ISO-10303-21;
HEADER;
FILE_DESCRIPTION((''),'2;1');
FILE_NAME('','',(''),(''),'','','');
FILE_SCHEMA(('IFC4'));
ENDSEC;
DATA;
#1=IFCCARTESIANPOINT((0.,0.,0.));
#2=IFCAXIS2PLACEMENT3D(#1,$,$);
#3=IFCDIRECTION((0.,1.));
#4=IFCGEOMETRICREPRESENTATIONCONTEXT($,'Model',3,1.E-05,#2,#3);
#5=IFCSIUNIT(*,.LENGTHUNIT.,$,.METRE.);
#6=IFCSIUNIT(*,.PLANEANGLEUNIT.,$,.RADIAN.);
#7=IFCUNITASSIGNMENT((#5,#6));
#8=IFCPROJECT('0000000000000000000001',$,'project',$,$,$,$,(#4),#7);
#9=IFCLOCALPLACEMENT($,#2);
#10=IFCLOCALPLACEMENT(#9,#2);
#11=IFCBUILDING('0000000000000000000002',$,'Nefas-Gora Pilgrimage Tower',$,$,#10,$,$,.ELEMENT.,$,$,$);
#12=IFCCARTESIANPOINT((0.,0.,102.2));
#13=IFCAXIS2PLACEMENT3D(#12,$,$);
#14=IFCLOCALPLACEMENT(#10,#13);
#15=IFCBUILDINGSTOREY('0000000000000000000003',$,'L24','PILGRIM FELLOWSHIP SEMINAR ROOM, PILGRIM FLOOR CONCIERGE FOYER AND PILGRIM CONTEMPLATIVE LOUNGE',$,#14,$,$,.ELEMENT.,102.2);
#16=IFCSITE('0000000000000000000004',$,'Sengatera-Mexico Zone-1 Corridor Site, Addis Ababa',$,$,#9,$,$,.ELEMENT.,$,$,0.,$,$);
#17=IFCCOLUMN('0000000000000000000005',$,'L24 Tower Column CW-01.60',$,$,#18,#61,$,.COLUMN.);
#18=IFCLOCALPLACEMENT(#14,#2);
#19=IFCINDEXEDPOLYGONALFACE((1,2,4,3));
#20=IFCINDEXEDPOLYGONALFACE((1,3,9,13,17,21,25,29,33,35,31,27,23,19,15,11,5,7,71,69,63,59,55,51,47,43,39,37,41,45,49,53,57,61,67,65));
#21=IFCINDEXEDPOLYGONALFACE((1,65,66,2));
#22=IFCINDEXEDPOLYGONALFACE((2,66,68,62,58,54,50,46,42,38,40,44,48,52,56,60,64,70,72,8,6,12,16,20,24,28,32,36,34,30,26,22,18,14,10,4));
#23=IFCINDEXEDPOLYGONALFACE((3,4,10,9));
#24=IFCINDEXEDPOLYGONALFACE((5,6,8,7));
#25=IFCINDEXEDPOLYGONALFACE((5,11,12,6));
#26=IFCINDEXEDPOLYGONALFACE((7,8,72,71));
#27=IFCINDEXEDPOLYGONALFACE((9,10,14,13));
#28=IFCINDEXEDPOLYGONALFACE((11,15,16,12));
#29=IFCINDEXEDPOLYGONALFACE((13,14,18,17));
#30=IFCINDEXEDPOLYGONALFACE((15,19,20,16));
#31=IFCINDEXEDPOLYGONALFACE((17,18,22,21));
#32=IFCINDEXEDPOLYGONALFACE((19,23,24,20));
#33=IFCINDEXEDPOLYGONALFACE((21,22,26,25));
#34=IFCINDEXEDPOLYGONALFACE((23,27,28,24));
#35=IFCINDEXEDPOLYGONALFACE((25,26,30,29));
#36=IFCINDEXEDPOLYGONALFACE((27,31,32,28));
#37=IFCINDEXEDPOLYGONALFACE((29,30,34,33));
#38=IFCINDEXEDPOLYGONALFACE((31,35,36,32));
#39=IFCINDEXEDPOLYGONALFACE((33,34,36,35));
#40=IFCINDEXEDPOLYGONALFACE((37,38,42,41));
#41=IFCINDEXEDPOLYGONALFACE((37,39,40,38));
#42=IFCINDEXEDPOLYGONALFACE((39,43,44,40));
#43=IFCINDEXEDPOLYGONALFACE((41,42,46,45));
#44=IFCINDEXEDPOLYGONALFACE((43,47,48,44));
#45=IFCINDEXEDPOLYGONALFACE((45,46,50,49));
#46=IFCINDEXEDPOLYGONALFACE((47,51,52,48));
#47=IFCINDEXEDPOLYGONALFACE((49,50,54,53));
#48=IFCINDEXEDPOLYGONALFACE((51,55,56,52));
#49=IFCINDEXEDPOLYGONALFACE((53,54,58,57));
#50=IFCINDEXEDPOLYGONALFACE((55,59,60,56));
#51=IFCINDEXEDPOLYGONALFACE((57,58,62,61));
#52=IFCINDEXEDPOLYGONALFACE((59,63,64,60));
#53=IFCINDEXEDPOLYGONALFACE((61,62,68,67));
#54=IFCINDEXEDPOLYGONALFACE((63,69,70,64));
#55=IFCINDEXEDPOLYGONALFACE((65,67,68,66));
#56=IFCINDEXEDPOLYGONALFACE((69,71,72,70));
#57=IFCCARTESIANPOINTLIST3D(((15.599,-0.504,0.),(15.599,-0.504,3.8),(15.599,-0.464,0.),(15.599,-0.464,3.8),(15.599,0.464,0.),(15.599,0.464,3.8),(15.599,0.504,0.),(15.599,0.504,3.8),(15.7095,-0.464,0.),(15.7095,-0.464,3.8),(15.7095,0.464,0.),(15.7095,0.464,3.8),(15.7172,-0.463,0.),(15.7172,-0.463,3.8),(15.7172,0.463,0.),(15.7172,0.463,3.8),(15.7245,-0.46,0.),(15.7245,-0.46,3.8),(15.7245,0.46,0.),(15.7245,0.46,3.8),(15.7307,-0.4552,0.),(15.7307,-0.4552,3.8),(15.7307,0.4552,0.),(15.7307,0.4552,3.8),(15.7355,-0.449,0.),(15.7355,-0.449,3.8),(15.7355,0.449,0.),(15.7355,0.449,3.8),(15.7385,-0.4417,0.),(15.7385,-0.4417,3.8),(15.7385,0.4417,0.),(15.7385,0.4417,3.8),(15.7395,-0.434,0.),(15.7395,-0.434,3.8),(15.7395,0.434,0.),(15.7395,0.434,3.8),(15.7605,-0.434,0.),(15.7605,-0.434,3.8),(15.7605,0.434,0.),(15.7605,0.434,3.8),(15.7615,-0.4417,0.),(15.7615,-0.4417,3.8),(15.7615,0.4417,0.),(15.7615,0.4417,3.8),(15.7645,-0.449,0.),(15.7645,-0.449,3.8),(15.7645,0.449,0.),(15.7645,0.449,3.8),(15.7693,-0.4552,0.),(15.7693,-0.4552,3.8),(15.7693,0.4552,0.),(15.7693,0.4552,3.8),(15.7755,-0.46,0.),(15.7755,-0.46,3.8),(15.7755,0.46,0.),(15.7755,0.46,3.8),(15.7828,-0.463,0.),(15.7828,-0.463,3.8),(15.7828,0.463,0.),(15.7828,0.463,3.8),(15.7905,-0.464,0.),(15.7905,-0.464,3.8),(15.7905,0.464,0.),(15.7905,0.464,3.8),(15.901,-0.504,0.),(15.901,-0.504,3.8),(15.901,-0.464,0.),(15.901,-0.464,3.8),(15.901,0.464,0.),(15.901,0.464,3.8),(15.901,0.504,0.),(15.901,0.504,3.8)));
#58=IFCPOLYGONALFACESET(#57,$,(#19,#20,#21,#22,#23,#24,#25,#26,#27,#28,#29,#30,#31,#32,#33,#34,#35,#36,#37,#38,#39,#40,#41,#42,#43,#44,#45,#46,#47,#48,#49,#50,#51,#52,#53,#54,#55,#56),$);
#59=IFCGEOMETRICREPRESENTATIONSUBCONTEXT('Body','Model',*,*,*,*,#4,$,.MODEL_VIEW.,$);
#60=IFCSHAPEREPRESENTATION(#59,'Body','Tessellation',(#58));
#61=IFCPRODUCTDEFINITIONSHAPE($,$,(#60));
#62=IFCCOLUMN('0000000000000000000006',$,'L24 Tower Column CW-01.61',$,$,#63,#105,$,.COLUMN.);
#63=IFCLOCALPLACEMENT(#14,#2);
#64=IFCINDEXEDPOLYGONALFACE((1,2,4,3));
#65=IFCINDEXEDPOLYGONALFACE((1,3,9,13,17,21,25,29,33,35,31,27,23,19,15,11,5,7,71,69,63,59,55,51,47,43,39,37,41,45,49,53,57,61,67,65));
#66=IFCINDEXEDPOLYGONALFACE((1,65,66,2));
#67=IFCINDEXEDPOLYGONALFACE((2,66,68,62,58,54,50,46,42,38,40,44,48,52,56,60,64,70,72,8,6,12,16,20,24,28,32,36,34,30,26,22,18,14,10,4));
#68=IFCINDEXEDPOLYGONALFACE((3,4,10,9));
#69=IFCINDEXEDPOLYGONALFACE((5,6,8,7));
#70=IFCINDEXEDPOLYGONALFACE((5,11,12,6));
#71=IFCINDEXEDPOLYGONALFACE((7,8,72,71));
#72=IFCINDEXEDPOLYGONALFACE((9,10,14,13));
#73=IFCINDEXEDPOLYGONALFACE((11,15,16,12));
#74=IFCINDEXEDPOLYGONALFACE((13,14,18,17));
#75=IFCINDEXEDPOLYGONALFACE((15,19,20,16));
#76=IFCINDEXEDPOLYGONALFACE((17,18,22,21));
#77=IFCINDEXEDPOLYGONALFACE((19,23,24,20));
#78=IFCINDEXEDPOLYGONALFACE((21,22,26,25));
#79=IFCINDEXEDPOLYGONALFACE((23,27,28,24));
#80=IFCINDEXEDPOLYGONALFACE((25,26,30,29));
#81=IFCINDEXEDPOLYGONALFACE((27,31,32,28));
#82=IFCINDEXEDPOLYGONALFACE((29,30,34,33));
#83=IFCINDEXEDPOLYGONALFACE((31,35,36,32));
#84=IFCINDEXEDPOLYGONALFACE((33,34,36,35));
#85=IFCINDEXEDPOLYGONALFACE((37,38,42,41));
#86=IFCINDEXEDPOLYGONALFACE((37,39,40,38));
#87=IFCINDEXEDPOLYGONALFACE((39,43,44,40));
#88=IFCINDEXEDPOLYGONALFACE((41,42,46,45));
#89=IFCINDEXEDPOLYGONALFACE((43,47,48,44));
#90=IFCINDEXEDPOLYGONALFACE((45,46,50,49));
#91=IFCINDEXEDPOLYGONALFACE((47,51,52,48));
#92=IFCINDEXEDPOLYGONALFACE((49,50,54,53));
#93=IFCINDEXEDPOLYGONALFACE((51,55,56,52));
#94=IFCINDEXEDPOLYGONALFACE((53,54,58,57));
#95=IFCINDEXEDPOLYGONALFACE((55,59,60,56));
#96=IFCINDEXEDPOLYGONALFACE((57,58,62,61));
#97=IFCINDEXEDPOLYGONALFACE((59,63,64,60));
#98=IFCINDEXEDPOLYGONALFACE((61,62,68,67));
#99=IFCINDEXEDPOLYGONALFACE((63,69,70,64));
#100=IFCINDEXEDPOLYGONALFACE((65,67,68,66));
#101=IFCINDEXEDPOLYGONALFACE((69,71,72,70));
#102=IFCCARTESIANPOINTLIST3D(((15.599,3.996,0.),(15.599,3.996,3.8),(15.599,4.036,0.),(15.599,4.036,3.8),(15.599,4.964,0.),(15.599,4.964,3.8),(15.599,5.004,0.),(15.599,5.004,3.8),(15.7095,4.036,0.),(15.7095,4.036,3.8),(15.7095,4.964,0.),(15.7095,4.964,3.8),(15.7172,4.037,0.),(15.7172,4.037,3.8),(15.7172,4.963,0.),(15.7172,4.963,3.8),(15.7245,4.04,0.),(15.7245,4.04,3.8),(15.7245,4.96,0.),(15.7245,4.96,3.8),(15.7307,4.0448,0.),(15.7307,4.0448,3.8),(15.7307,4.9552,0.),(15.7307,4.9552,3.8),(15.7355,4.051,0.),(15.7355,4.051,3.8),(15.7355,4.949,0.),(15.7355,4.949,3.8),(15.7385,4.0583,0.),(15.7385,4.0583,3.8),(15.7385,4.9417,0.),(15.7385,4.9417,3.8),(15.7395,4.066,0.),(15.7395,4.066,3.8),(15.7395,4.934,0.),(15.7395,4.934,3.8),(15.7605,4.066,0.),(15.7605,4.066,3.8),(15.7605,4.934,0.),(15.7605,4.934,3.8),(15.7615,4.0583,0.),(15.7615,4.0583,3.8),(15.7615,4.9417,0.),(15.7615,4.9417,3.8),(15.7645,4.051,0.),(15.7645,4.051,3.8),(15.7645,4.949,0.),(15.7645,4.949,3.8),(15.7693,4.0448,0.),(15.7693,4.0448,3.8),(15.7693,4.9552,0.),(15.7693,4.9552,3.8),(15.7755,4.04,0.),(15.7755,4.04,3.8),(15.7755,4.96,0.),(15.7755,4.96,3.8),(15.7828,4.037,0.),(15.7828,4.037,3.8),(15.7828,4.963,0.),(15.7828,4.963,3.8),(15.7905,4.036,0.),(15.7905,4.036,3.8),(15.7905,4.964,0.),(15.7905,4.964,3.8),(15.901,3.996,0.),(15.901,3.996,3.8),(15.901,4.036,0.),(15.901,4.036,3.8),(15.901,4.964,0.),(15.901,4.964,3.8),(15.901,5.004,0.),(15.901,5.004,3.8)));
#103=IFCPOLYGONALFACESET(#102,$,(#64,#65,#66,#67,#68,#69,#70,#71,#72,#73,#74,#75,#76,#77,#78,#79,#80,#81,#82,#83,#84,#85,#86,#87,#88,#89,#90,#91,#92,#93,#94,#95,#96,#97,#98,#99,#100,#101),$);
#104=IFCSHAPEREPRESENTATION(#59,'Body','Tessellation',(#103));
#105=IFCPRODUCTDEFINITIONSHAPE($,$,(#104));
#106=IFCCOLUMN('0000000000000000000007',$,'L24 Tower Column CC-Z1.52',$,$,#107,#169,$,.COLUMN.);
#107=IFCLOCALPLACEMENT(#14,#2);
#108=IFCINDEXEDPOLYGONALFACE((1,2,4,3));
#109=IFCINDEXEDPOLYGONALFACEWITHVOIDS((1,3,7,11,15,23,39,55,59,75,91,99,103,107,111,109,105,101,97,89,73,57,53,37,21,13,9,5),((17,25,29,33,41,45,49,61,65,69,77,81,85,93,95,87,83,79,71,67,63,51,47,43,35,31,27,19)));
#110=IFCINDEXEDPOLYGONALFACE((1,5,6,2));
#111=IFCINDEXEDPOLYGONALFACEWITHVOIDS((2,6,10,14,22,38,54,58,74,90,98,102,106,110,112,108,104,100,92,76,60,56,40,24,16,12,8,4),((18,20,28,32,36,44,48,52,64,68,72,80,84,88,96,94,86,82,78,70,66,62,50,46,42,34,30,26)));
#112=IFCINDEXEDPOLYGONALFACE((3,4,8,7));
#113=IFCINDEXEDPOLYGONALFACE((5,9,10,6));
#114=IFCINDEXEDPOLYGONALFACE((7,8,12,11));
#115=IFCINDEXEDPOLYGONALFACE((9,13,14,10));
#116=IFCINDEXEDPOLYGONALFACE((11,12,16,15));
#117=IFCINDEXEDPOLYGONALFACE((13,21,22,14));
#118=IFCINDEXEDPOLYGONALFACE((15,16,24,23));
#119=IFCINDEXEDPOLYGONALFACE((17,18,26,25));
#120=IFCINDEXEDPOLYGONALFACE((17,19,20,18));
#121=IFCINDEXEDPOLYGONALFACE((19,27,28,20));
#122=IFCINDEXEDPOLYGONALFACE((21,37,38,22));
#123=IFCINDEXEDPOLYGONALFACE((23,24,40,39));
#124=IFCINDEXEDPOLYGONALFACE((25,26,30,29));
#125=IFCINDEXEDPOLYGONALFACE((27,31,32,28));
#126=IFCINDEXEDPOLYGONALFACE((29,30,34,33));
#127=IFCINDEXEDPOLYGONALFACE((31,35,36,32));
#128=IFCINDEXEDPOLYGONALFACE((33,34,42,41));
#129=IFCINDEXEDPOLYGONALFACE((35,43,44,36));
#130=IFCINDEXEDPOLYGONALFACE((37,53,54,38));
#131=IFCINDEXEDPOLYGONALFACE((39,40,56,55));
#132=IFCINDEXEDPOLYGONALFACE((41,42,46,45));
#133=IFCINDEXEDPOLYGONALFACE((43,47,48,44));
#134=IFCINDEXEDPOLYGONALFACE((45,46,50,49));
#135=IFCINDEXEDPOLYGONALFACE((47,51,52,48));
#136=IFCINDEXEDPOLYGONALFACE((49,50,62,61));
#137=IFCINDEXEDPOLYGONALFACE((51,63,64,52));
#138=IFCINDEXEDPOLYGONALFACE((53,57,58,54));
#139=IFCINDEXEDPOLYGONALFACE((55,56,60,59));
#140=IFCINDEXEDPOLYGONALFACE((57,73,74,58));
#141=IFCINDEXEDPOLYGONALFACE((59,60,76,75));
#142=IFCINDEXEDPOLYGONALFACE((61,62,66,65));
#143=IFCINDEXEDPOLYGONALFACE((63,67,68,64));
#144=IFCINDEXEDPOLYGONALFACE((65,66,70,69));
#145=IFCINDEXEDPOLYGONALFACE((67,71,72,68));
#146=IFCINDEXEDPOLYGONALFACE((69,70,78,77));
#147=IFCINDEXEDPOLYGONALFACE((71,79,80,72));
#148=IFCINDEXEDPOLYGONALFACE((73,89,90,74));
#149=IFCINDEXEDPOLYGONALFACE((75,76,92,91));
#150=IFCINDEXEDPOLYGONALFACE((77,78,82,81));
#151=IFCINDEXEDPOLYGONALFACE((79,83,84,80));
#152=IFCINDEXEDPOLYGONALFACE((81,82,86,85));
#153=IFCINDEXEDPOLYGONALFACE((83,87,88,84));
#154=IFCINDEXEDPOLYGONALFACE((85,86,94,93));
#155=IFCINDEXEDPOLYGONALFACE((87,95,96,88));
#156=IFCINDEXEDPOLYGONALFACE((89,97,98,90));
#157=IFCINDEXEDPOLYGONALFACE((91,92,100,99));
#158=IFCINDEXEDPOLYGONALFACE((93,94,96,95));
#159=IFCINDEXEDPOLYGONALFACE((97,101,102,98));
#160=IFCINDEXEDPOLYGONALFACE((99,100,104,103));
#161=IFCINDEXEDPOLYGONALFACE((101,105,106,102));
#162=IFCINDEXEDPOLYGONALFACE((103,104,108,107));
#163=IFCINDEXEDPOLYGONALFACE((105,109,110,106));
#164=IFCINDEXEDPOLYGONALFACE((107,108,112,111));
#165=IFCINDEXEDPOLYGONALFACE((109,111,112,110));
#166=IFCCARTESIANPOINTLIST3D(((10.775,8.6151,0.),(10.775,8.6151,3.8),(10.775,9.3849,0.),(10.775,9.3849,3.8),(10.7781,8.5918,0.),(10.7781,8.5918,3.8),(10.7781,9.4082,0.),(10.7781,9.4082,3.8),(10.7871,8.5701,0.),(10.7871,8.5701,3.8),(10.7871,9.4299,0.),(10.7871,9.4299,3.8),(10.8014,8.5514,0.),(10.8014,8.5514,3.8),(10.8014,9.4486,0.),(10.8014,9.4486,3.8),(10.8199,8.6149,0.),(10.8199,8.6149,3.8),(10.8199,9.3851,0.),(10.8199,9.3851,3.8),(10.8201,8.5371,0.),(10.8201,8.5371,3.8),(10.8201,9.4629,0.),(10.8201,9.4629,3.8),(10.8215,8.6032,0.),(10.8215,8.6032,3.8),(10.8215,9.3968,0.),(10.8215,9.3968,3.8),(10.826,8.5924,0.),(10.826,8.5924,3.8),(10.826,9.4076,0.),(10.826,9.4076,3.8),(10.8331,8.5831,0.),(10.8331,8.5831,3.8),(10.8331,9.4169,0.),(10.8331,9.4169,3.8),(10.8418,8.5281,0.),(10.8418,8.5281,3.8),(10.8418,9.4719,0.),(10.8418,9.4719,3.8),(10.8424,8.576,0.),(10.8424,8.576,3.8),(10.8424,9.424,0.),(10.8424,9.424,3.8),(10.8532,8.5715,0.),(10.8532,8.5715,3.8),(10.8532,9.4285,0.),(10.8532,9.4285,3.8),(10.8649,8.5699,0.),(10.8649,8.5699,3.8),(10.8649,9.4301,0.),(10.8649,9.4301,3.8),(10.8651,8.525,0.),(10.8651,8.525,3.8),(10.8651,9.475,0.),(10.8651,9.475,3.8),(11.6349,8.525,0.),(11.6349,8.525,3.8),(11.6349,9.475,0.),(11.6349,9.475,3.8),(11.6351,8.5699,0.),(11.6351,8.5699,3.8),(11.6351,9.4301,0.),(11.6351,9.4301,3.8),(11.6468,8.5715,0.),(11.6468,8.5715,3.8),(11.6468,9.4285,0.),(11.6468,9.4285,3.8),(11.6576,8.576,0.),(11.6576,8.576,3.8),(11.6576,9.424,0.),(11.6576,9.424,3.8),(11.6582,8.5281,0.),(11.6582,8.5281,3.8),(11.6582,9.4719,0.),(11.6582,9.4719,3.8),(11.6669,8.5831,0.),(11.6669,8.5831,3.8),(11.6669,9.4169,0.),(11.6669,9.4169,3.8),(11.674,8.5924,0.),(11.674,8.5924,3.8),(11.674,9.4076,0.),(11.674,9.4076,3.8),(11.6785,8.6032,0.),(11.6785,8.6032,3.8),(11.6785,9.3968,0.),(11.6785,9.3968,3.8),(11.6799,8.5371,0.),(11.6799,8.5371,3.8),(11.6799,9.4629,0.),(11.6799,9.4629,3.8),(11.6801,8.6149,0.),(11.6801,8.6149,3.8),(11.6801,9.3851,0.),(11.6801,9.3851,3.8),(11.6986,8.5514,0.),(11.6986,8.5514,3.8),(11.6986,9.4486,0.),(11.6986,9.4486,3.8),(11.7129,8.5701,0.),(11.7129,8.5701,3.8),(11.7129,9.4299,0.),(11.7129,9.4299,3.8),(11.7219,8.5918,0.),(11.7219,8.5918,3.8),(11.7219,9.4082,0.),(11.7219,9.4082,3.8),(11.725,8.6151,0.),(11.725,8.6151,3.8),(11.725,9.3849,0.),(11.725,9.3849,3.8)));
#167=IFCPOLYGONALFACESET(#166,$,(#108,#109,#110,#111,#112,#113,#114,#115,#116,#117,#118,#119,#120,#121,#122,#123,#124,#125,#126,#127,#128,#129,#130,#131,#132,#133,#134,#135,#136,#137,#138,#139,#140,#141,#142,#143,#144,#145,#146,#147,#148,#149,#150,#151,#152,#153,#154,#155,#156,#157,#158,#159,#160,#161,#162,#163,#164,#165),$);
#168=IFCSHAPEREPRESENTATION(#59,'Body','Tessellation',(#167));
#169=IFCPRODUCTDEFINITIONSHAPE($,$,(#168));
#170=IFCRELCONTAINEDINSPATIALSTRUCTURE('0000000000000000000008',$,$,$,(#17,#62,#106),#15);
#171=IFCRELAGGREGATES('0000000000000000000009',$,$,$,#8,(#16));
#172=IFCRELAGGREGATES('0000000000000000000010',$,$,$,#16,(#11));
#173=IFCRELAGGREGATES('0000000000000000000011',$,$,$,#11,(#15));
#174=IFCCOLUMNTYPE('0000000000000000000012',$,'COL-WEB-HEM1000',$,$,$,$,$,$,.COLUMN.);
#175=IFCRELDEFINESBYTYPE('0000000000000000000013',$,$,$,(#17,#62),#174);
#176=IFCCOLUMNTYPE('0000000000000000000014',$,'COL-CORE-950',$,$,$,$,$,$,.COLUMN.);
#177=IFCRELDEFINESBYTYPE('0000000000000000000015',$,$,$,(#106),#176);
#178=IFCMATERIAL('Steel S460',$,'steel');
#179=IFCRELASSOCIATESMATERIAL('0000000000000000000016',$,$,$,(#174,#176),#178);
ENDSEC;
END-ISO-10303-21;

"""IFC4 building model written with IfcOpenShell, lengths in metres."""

from ifc_helpers import new_model, si_unit, direction, frame, origin, origin_2d, place, context, subcontext, project, spatial, hollow_rectangle, i_section, extrude, source, transform, mapped, material, material_profile, profile_set, type_object, element, save


model = new_model("IFC4")

# Units and contexts
model_context = context("Model", 3, precision=1e-05, world=origin(), true_north=direction((0.0, 1.0)))
body_context = subcontext(model_context, "Body", "Model", "MODEL_VIEW")
ifc_project = project(units=[si_unit("LENGTHUNIT", "METRE"), si_unit("PLANEANGLEUNIT", "RADIAN")], contexts=[model_context])

# Site, building, storey
site_placement = place(None, origin())
site = spatial("IfcSite", under=ifc_project, at=site_placement, Name="Sengatera-Mexico Zone-1 Corridor Site, Addis Ababa", CompositionType="ELEMENT", RefElevation=0.0)
building_placement = place(site_placement, origin())
building = spatial("IfcBuilding", under=site, at=building_placement, Name="Nefas-Gora Pilgrimage Tower", CompositionType="ELEMENT")
storey_placement = place(building_placement, frame((0.0, 0.0, 102.2)))
storey = spatial("IfcBuildingStorey", under=building, at=storey_placement, Name="L24", Description="PILGRIM FELLOWSHIP SEMINAR ROOM, PILGRIM FLOOR CONCIERGE FOYER AND PILGRIM CONTEMPLATIVE LOUNGE", CompositionType="ELEMENT", Elevation=102.2)

# Columns
ifc_material_1 = material(Name="Steel S460", Category="steel")
ifc_material_profile_1 = material_profile(ifc_material_1, i_section(OverallWidth=0.302, OverallDepth=1.0081, WebThickness=0.021, FlangeThickness=0.04, FilletRadius=0.03, at=origin_2d()), Name="HEM 1000")
ifc_profile_set_1 = profile_set([ifc_material_profile_1], Name="Steel S460")
column_type_1 = type_object("IfcColumnType", Name="COL-WEB-HEM1000", PredefinedType="COLUMN", material=ifc_profile_set_1)
shared_shape_1 = source(origin(), body_context, "Body", "SweptSolid", [
    extrude(i_section(OverallWidth=0.302, OverallDepth=1.0081, WebThickness=0.021, FlangeThickness=0.04, FilletRadius=0.03, at=origin_2d()), origin(), (0.0, 0.0, 1.0), 3.8),
])
for number, where, z_axis, x_axis, name in (
    (1, (15.75, 0.0, 0.0), (0.0, 0.0, 1.0), (1.0, 0.0, 0.0), "L24 Tower Column CW-01.60"),
    (2, (15.75, 4.5, 0.0), (0.0, 0.0, 1.0), (1.0, 0.0, 0.0), "L24 Tower Column CW-01.61"),
):
    element("IfcColumn", number, at=place(storey_placement, frame(where, z_axis=z_axis, x_axis=x_axis)), inside=storey, type_object=column_type_1, Name=name, PredefinedType="COLUMN", context=body_context, shape_type="MappedRepresentation", body=[
        mapped(shared_shape_1, transform((0.0, 0.0, 0.0), x_axis=(1.0, 0.0, 0.0), y_axis=(0.0, 1.0, 0.0), z_axis=(0.0, 0.0, 1.0), scale=1.0)),
    ])
ifc_material_profile_2 = material_profile(ifc_material_1, hollow_rectangle(XDim=0.95, YDim=0.95, WallThickness=0.0449, InnerFilletRadius=0.0449, OuterFilletRadius=0.0901, at=origin_2d()), Name="BOX 950x950x45")
ifc_profile_set_2 = profile_set([ifc_material_profile_2], Name="Steel S460")
column_type_2 = type_object("IfcColumnType", Name="COL-CORE-950", PredefinedType="COLUMN", material=ifc_profile_set_2)
shared_shape_2 = source(origin(), body_context, "Body", "SweptSolid", [
    extrude(hollow_rectangle(XDim=0.95, YDim=0.95, WallThickness=0.0449, InnerFilletRadius=0.0449, OuterFilletRadius=0.0901, at=origin_2d()), origin(), (0.0, 0.0, 1.0), 3.8),
])
column_placement = place(storey_placement, frame((11.25, 9.0, 0.0), z_axis=(0.0, 0.0, 1.0), x_axis=(1.0, 0.0, 0.0)))
element("IfcColumn", 3, at=column_placement, inside=storey, type_object=column_type_2, Name="L24 Tower Column CC-Z1.52", PredefinedType="COLUMN", context=body_context, shape_type="MappedRepresentation", body=[
    mapped(shared_shape_2, transform((0.0, 0.0, 0.0), x_axis=(1.0, 0.0, 0.0), y_axis=(0.0, 1.0, 0.0), z_axis=(0.0, 0.0, 1.0), scale=1.0)),
])

save(model, "model.ifc")
